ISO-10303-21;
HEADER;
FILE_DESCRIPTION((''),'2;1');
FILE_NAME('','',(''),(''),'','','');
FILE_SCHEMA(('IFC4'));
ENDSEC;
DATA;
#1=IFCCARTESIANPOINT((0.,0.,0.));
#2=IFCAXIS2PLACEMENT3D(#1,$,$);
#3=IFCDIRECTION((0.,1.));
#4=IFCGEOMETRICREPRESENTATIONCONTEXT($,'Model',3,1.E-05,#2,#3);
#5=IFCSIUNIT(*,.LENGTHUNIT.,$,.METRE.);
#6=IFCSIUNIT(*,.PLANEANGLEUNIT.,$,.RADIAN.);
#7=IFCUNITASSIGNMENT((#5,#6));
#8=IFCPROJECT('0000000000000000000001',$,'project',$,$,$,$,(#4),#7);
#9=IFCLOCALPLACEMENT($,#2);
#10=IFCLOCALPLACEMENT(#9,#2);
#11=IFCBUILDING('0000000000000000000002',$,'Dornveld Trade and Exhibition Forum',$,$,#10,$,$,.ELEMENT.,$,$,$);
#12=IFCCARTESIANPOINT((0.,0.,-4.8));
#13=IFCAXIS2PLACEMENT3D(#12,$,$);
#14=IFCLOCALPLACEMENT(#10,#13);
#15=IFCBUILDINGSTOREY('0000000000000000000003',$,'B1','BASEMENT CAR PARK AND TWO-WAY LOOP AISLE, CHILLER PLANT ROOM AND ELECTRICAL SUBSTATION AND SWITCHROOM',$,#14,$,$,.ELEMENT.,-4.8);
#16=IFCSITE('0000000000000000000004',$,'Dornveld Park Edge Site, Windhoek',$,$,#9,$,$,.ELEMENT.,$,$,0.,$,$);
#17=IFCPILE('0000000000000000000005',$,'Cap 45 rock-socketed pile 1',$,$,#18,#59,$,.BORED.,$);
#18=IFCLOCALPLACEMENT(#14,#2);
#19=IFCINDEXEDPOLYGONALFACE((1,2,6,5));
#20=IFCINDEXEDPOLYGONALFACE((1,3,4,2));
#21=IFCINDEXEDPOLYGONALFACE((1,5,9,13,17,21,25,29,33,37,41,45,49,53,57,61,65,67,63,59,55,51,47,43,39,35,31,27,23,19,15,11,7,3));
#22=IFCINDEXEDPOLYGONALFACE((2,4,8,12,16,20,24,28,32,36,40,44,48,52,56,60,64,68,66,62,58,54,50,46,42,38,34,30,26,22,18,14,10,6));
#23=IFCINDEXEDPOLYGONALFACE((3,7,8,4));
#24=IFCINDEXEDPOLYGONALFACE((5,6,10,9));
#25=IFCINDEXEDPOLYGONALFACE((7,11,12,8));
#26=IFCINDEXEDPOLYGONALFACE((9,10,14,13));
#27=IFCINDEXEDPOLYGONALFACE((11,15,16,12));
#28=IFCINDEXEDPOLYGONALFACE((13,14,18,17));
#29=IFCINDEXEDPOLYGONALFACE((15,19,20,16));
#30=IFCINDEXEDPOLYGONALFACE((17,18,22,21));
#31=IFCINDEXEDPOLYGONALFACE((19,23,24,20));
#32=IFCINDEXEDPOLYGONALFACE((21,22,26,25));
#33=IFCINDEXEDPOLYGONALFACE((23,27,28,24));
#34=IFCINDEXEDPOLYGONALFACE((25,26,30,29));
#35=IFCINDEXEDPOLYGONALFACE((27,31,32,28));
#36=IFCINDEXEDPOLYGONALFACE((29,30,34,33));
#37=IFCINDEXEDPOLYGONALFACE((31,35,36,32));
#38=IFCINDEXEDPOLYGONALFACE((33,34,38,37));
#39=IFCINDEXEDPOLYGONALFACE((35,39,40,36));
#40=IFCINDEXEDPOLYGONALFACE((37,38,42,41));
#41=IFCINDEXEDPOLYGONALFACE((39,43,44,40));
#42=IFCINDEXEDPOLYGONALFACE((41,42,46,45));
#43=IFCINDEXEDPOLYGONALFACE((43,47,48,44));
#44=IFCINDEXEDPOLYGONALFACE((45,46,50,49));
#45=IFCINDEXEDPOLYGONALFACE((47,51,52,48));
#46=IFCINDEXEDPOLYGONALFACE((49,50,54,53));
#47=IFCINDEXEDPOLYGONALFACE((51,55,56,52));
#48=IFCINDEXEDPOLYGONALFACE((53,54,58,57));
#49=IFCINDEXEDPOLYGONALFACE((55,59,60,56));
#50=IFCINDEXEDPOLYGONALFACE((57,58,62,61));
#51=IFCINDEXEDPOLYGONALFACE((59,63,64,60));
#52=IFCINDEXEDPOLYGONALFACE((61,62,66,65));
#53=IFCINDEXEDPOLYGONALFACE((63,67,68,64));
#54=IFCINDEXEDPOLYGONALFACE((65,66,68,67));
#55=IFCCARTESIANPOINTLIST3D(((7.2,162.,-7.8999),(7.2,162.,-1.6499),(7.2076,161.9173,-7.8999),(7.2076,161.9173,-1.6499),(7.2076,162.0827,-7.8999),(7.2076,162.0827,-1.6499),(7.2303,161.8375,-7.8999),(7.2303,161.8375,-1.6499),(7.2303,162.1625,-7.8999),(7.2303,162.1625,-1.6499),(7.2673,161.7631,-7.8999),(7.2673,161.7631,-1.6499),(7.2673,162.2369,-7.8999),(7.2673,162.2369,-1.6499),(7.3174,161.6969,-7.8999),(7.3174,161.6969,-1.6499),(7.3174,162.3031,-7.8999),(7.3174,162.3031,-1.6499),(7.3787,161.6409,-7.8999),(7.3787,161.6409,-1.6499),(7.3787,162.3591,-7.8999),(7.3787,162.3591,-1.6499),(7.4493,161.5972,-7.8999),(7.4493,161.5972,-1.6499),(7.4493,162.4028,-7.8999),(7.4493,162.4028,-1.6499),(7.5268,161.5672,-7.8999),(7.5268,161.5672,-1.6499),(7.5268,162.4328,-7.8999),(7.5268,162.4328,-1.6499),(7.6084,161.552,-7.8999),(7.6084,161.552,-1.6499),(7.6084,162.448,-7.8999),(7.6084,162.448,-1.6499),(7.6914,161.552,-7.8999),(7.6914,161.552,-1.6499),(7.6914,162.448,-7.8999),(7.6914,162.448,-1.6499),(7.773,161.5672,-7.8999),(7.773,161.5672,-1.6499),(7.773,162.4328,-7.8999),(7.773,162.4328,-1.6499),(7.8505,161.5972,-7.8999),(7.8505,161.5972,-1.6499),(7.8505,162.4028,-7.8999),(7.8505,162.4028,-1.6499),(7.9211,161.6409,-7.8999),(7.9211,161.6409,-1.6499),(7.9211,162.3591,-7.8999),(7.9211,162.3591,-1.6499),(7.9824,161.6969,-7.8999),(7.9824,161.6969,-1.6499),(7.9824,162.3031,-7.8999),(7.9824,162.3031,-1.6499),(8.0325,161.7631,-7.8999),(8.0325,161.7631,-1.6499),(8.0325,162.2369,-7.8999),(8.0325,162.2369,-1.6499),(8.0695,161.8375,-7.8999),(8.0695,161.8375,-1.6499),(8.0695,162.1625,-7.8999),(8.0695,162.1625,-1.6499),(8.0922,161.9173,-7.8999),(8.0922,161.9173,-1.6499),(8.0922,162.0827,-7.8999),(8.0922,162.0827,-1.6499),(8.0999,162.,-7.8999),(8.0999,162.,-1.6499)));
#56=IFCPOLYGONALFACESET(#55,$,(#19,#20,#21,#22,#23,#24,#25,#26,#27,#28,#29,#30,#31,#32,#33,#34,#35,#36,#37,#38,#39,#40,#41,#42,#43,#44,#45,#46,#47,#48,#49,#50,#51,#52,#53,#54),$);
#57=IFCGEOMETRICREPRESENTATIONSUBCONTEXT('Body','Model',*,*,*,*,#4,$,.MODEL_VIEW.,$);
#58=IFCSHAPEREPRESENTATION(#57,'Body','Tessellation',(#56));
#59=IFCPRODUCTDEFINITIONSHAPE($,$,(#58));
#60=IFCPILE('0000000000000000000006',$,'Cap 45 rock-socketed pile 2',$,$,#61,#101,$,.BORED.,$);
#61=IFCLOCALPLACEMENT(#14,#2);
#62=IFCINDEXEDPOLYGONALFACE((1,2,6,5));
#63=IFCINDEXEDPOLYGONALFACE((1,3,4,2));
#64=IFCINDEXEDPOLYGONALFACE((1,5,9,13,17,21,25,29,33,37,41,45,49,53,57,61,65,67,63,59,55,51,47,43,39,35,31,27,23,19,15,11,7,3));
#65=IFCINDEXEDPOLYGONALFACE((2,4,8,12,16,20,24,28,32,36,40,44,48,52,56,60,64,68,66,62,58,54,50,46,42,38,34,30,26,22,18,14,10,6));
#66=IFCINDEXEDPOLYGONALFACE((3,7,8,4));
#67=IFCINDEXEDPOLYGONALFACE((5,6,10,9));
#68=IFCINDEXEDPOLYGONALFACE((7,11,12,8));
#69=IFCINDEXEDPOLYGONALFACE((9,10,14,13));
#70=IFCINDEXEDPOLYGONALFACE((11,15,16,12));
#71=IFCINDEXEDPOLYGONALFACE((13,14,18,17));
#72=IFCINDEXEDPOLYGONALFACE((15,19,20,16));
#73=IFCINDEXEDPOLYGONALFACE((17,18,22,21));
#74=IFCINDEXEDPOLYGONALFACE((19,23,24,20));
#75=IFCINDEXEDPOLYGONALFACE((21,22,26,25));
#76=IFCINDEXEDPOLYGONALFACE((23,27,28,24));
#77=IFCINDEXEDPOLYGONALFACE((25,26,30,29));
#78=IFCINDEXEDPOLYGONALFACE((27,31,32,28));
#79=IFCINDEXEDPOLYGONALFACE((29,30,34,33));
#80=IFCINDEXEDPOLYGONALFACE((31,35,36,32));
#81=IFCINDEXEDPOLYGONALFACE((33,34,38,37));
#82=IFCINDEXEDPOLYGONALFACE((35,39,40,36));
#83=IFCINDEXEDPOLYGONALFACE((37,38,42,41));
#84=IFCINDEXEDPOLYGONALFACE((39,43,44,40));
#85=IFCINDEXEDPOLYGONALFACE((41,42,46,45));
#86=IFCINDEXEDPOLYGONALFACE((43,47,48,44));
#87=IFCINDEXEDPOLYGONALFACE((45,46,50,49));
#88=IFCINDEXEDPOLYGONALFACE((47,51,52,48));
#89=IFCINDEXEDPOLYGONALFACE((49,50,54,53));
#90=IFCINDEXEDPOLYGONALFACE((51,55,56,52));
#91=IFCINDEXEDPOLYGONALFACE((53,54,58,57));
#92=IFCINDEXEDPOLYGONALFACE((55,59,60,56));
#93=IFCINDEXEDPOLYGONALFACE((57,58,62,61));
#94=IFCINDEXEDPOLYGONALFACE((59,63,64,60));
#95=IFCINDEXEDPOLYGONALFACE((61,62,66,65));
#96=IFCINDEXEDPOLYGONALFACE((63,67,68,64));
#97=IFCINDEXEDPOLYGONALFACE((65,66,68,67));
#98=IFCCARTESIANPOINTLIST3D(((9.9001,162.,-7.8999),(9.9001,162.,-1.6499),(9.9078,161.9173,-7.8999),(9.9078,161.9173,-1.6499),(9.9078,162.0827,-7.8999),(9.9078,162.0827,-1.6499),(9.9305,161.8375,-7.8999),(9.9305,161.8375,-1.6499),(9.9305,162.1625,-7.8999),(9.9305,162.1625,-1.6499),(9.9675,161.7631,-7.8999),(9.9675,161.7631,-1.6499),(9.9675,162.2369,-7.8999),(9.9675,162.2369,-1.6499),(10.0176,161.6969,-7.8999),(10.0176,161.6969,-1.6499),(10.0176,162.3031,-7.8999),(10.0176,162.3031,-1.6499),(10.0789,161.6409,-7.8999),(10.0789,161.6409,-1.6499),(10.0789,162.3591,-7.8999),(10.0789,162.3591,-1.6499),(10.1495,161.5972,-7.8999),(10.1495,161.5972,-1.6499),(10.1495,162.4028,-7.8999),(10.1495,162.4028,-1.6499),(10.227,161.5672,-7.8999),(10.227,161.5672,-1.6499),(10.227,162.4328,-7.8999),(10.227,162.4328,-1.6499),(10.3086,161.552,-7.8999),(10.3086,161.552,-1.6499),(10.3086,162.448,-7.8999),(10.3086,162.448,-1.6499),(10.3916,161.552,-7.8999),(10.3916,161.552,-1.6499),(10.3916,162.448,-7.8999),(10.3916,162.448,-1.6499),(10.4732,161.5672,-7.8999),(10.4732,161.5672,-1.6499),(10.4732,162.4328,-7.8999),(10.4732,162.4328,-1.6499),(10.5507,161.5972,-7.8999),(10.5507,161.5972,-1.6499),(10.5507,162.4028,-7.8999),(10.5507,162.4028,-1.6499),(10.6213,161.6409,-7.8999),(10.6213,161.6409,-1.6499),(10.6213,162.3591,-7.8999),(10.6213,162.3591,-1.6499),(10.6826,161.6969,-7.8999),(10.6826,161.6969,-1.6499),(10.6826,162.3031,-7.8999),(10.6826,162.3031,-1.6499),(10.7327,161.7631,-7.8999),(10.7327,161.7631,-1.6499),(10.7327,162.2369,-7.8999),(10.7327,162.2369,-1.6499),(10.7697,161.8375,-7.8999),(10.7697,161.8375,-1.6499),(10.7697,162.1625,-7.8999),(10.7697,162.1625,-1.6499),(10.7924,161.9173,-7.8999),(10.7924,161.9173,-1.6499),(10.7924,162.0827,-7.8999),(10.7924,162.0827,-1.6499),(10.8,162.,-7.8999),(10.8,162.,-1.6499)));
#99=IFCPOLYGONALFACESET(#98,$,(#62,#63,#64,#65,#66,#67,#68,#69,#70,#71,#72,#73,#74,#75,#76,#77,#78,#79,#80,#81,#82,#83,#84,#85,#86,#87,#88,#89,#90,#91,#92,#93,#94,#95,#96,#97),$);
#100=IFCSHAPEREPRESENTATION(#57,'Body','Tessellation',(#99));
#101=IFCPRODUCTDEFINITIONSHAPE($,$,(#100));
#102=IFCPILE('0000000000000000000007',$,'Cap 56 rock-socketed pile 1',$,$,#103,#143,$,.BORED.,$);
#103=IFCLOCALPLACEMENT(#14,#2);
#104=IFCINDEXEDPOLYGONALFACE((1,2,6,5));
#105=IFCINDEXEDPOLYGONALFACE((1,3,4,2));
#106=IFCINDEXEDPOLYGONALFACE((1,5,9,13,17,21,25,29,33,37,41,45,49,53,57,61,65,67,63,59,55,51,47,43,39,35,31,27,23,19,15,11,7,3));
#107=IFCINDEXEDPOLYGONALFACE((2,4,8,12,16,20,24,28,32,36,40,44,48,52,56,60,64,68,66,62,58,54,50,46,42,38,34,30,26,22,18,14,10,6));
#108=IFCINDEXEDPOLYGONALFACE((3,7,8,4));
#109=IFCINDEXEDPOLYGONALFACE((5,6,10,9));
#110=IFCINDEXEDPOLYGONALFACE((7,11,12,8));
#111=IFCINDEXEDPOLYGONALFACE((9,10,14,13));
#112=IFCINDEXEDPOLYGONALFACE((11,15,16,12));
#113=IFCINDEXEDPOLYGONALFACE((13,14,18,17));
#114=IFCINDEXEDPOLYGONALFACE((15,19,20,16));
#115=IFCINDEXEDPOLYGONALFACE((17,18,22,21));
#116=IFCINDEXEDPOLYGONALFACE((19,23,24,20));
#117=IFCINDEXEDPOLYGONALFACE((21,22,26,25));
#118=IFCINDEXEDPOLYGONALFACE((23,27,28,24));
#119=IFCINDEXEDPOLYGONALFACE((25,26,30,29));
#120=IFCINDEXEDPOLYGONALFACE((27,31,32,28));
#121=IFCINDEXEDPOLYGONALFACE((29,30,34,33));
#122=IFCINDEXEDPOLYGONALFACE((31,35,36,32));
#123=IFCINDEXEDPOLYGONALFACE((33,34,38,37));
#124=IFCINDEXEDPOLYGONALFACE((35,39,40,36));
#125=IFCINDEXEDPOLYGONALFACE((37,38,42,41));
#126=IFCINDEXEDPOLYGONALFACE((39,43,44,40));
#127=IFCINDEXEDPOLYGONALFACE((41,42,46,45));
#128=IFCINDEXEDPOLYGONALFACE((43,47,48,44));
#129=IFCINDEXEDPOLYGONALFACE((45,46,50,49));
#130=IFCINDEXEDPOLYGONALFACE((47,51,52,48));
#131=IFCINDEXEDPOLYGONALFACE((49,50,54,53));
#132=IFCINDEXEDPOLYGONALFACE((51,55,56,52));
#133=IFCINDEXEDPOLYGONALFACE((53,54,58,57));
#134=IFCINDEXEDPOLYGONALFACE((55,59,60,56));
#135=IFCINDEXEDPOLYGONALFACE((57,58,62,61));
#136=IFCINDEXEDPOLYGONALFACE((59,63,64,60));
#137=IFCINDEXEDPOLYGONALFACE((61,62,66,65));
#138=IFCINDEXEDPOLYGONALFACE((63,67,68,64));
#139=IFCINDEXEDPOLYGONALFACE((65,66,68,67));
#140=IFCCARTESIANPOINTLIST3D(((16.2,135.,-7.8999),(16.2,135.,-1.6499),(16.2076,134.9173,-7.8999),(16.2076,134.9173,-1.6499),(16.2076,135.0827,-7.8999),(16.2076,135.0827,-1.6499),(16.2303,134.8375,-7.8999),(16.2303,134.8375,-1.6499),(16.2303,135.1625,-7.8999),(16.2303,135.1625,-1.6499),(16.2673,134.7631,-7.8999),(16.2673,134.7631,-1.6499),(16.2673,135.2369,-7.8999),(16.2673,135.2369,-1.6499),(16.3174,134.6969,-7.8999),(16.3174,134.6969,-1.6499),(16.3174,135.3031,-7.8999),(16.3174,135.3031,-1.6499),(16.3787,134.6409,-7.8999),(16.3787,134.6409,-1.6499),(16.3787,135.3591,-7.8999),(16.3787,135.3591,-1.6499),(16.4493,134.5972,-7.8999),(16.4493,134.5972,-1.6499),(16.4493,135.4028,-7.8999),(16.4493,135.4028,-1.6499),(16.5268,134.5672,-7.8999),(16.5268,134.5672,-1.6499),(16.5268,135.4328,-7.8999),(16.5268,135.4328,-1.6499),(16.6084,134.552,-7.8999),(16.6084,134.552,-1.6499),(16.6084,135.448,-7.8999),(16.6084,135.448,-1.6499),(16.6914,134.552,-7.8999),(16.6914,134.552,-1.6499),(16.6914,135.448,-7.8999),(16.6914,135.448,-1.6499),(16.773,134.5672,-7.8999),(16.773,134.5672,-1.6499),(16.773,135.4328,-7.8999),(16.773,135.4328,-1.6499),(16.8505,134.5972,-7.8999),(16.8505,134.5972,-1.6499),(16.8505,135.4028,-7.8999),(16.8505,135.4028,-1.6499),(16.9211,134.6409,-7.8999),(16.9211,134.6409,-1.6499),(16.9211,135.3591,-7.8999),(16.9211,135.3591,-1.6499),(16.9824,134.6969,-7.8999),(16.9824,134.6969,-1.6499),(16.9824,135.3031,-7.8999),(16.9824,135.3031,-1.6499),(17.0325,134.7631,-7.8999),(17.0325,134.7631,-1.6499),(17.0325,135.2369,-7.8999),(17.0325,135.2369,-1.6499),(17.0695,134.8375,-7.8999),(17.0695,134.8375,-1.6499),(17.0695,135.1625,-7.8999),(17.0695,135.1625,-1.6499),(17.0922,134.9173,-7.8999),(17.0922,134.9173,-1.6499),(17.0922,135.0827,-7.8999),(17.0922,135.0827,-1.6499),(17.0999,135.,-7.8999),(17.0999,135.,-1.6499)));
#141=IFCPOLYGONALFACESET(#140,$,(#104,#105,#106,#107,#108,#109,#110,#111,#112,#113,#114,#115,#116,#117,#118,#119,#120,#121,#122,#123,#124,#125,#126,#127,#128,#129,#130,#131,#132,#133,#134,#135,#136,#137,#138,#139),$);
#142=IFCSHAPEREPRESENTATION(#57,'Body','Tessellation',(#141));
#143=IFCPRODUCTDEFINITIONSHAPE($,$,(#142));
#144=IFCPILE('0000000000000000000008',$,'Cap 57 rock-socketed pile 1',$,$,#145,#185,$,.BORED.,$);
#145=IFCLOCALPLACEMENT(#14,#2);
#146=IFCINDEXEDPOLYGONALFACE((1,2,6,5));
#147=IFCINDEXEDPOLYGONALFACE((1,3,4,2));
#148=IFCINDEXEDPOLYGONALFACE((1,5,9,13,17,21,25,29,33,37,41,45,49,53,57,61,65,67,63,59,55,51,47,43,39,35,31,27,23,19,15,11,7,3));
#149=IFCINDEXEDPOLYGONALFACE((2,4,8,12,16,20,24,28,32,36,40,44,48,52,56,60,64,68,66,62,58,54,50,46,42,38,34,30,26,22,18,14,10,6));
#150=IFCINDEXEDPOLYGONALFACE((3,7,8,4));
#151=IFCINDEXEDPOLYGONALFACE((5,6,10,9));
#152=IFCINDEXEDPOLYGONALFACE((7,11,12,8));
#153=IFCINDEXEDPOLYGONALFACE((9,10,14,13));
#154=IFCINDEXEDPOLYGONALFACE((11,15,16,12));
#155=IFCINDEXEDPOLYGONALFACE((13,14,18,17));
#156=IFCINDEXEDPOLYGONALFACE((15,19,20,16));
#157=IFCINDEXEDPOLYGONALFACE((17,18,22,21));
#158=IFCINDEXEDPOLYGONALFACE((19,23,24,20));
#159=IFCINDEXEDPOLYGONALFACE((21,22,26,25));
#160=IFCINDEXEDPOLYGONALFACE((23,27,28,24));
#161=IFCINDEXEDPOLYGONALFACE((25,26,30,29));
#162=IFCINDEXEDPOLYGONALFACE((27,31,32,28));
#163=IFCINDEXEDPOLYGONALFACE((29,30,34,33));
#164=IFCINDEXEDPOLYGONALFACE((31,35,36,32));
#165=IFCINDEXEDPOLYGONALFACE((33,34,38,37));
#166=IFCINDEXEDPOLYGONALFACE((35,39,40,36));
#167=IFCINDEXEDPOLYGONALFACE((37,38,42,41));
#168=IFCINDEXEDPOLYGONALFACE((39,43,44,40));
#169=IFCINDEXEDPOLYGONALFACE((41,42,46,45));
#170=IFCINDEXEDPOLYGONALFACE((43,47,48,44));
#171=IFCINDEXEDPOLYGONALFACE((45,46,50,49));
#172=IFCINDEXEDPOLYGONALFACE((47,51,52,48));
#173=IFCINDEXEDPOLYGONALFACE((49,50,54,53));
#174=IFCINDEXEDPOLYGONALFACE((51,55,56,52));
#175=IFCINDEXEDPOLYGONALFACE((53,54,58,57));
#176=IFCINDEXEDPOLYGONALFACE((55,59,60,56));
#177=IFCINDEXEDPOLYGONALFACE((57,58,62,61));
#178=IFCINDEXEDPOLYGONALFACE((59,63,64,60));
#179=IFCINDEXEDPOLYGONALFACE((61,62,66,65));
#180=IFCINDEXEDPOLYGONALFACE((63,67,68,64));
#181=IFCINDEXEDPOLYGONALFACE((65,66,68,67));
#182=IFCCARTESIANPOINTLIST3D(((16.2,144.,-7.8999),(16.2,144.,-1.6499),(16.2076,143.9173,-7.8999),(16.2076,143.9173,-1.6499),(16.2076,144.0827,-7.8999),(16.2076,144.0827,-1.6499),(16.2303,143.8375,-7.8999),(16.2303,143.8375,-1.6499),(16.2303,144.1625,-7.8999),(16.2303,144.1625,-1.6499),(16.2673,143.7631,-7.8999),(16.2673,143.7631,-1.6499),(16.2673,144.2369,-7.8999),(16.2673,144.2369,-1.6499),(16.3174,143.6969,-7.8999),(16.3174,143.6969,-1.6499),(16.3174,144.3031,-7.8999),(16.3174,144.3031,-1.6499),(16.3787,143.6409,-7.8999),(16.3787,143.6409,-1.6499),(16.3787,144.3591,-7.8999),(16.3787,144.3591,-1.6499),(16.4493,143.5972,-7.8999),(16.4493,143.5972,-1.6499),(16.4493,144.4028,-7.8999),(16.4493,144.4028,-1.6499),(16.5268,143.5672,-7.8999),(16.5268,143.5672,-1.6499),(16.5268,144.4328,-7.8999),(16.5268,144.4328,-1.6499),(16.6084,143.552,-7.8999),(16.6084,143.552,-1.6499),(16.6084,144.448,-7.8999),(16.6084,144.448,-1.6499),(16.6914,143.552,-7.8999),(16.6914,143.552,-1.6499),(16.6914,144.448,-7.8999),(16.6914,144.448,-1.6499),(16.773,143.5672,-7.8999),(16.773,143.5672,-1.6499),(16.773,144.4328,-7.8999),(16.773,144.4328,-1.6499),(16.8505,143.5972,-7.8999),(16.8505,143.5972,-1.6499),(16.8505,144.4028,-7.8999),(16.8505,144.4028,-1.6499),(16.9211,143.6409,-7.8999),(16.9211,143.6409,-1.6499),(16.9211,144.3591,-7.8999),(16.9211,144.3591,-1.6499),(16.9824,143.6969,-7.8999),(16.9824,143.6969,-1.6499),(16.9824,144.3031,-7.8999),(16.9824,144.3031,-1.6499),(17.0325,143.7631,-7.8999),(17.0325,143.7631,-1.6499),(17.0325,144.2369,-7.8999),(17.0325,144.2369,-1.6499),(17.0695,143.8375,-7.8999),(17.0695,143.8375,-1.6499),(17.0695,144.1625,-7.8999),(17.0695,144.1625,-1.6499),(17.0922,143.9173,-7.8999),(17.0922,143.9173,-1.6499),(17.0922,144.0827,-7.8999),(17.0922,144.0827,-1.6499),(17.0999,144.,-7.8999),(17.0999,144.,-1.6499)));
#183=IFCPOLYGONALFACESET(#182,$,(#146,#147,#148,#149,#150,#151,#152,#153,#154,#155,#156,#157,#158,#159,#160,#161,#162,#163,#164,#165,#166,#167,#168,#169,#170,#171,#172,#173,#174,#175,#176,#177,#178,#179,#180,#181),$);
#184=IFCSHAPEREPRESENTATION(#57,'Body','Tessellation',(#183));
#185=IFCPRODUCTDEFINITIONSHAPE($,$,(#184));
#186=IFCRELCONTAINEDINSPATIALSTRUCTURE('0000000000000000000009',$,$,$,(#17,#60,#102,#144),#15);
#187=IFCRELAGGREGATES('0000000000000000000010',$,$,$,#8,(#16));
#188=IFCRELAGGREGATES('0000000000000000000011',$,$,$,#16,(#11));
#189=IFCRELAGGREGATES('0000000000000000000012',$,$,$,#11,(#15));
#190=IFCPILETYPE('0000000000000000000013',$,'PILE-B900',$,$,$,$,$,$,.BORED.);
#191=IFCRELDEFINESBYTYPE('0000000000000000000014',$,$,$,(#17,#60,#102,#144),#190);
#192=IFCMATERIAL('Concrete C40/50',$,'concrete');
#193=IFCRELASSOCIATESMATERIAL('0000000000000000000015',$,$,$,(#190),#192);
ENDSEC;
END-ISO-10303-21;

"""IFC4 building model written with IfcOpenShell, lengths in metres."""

from ifc_helpers import new_model, si_unit, direction, frame, origin, origin_2d, place, context, subcontext, project, spatial, circle, extrude, material, material_profile, profile_set, type_object, element, save


model = new_model("IFC4")

# Units and contexts
model_context = context("Model", 3, precision=1e-05, world=origin(), true_north=direction((0.0, 1.0)))
body_context = subcontext(model_context, "Body", "Model", "MODEL_VIEW")
ifc_project = project(units=[si_unit("LENGTHUNIT", "METRE"), si_unit("PLANEANGLEUNIT", "RADIAN")], contexts=[model_context])

# Site, building, storey
site_placement = place(None, origin())
site = spatial("IfcSite", under=ifc_project, at=site_placement, Name="Dornveld Park Edge Site, Windhoek", CompositionType="ELEMENT", RefElevation=0.0)
building_placement = place(site_placement, origin())
building = spatial("IfcBuilding", under=site, at=building_placement, Name="Dornveld Trade and Exhibition Forum", CompositionType="ELEMENT")
storey_placement = place(building_placement, frame((0.0, 0.0, -4.8)))
storey = spatial("IfcBuildingStorey", under=building, at=storey_placement, Name="B1", Description="BASEMENT CAR PARK AND TWO-WAY LOOP AISLE, CHILLER PLANT ROOM AND ELECTRICAL SUBSTATION AND SWITCHROOM", CompositionType="ELEMENT", Elevation=-4.8)

# Piles
ifc_material_1 = material(Name="Concrete C40/50", Category="concrete")
ifc_material_profile_1 = material_profile(ifc_material_1, circle(Radius=0.45, at=origin_2d()), Name="PILE D900")
ifc_profile_set_1 = profile_set([ifc_material_profile_1], Name="Concrete C40/50")
pile_type = type_object("IfcPileType", Name="PILE-B900", PredefinedType="BORED", material=ifc_profile_set_1)
for number, where, z_axis, x_axis, name in (
    (1, (7.6499, 162.0, -1.6499), (0.0, 0.0, -1.0), (1.0, 0.0, 0.0), "Cap 45 rock-socketed pile 1"),
    (2, (10.3501, 162.0, -1.6499), (0.0, 0.0, -1.0), (1.0, 0.0, 0.0), "Cap 45 rock-socketed pile 2"),
    (3, (16.6499, 135.0, -1.6499), (0.0, 0.0, -1.0), (1.0, 0.0, 0.0), "Cap 56 rock-socketed pile 1"),
    (4, (16.6499, 144.0, -1.6499), (0.0, 0.0, -1.0), (1.0, 0.0, 0.0), "Cap 57 rock-socketed pile 1"),
):
    element("IfcPile", number, at=place(storey_placement, frame(where, z_axis=z_axis, x_axis=x_axis)), inside=storey, type_object=pile_type, Name=name, PredefinedType="BORED", context=body_context, shape_type="SweptSolid", body=[
        extrude(circle(Radius=0.45, at=origin_2d()), origin(), (0.0, 0.0, 1.0), 6.25),
    ])

save(model, "model.ifc")
